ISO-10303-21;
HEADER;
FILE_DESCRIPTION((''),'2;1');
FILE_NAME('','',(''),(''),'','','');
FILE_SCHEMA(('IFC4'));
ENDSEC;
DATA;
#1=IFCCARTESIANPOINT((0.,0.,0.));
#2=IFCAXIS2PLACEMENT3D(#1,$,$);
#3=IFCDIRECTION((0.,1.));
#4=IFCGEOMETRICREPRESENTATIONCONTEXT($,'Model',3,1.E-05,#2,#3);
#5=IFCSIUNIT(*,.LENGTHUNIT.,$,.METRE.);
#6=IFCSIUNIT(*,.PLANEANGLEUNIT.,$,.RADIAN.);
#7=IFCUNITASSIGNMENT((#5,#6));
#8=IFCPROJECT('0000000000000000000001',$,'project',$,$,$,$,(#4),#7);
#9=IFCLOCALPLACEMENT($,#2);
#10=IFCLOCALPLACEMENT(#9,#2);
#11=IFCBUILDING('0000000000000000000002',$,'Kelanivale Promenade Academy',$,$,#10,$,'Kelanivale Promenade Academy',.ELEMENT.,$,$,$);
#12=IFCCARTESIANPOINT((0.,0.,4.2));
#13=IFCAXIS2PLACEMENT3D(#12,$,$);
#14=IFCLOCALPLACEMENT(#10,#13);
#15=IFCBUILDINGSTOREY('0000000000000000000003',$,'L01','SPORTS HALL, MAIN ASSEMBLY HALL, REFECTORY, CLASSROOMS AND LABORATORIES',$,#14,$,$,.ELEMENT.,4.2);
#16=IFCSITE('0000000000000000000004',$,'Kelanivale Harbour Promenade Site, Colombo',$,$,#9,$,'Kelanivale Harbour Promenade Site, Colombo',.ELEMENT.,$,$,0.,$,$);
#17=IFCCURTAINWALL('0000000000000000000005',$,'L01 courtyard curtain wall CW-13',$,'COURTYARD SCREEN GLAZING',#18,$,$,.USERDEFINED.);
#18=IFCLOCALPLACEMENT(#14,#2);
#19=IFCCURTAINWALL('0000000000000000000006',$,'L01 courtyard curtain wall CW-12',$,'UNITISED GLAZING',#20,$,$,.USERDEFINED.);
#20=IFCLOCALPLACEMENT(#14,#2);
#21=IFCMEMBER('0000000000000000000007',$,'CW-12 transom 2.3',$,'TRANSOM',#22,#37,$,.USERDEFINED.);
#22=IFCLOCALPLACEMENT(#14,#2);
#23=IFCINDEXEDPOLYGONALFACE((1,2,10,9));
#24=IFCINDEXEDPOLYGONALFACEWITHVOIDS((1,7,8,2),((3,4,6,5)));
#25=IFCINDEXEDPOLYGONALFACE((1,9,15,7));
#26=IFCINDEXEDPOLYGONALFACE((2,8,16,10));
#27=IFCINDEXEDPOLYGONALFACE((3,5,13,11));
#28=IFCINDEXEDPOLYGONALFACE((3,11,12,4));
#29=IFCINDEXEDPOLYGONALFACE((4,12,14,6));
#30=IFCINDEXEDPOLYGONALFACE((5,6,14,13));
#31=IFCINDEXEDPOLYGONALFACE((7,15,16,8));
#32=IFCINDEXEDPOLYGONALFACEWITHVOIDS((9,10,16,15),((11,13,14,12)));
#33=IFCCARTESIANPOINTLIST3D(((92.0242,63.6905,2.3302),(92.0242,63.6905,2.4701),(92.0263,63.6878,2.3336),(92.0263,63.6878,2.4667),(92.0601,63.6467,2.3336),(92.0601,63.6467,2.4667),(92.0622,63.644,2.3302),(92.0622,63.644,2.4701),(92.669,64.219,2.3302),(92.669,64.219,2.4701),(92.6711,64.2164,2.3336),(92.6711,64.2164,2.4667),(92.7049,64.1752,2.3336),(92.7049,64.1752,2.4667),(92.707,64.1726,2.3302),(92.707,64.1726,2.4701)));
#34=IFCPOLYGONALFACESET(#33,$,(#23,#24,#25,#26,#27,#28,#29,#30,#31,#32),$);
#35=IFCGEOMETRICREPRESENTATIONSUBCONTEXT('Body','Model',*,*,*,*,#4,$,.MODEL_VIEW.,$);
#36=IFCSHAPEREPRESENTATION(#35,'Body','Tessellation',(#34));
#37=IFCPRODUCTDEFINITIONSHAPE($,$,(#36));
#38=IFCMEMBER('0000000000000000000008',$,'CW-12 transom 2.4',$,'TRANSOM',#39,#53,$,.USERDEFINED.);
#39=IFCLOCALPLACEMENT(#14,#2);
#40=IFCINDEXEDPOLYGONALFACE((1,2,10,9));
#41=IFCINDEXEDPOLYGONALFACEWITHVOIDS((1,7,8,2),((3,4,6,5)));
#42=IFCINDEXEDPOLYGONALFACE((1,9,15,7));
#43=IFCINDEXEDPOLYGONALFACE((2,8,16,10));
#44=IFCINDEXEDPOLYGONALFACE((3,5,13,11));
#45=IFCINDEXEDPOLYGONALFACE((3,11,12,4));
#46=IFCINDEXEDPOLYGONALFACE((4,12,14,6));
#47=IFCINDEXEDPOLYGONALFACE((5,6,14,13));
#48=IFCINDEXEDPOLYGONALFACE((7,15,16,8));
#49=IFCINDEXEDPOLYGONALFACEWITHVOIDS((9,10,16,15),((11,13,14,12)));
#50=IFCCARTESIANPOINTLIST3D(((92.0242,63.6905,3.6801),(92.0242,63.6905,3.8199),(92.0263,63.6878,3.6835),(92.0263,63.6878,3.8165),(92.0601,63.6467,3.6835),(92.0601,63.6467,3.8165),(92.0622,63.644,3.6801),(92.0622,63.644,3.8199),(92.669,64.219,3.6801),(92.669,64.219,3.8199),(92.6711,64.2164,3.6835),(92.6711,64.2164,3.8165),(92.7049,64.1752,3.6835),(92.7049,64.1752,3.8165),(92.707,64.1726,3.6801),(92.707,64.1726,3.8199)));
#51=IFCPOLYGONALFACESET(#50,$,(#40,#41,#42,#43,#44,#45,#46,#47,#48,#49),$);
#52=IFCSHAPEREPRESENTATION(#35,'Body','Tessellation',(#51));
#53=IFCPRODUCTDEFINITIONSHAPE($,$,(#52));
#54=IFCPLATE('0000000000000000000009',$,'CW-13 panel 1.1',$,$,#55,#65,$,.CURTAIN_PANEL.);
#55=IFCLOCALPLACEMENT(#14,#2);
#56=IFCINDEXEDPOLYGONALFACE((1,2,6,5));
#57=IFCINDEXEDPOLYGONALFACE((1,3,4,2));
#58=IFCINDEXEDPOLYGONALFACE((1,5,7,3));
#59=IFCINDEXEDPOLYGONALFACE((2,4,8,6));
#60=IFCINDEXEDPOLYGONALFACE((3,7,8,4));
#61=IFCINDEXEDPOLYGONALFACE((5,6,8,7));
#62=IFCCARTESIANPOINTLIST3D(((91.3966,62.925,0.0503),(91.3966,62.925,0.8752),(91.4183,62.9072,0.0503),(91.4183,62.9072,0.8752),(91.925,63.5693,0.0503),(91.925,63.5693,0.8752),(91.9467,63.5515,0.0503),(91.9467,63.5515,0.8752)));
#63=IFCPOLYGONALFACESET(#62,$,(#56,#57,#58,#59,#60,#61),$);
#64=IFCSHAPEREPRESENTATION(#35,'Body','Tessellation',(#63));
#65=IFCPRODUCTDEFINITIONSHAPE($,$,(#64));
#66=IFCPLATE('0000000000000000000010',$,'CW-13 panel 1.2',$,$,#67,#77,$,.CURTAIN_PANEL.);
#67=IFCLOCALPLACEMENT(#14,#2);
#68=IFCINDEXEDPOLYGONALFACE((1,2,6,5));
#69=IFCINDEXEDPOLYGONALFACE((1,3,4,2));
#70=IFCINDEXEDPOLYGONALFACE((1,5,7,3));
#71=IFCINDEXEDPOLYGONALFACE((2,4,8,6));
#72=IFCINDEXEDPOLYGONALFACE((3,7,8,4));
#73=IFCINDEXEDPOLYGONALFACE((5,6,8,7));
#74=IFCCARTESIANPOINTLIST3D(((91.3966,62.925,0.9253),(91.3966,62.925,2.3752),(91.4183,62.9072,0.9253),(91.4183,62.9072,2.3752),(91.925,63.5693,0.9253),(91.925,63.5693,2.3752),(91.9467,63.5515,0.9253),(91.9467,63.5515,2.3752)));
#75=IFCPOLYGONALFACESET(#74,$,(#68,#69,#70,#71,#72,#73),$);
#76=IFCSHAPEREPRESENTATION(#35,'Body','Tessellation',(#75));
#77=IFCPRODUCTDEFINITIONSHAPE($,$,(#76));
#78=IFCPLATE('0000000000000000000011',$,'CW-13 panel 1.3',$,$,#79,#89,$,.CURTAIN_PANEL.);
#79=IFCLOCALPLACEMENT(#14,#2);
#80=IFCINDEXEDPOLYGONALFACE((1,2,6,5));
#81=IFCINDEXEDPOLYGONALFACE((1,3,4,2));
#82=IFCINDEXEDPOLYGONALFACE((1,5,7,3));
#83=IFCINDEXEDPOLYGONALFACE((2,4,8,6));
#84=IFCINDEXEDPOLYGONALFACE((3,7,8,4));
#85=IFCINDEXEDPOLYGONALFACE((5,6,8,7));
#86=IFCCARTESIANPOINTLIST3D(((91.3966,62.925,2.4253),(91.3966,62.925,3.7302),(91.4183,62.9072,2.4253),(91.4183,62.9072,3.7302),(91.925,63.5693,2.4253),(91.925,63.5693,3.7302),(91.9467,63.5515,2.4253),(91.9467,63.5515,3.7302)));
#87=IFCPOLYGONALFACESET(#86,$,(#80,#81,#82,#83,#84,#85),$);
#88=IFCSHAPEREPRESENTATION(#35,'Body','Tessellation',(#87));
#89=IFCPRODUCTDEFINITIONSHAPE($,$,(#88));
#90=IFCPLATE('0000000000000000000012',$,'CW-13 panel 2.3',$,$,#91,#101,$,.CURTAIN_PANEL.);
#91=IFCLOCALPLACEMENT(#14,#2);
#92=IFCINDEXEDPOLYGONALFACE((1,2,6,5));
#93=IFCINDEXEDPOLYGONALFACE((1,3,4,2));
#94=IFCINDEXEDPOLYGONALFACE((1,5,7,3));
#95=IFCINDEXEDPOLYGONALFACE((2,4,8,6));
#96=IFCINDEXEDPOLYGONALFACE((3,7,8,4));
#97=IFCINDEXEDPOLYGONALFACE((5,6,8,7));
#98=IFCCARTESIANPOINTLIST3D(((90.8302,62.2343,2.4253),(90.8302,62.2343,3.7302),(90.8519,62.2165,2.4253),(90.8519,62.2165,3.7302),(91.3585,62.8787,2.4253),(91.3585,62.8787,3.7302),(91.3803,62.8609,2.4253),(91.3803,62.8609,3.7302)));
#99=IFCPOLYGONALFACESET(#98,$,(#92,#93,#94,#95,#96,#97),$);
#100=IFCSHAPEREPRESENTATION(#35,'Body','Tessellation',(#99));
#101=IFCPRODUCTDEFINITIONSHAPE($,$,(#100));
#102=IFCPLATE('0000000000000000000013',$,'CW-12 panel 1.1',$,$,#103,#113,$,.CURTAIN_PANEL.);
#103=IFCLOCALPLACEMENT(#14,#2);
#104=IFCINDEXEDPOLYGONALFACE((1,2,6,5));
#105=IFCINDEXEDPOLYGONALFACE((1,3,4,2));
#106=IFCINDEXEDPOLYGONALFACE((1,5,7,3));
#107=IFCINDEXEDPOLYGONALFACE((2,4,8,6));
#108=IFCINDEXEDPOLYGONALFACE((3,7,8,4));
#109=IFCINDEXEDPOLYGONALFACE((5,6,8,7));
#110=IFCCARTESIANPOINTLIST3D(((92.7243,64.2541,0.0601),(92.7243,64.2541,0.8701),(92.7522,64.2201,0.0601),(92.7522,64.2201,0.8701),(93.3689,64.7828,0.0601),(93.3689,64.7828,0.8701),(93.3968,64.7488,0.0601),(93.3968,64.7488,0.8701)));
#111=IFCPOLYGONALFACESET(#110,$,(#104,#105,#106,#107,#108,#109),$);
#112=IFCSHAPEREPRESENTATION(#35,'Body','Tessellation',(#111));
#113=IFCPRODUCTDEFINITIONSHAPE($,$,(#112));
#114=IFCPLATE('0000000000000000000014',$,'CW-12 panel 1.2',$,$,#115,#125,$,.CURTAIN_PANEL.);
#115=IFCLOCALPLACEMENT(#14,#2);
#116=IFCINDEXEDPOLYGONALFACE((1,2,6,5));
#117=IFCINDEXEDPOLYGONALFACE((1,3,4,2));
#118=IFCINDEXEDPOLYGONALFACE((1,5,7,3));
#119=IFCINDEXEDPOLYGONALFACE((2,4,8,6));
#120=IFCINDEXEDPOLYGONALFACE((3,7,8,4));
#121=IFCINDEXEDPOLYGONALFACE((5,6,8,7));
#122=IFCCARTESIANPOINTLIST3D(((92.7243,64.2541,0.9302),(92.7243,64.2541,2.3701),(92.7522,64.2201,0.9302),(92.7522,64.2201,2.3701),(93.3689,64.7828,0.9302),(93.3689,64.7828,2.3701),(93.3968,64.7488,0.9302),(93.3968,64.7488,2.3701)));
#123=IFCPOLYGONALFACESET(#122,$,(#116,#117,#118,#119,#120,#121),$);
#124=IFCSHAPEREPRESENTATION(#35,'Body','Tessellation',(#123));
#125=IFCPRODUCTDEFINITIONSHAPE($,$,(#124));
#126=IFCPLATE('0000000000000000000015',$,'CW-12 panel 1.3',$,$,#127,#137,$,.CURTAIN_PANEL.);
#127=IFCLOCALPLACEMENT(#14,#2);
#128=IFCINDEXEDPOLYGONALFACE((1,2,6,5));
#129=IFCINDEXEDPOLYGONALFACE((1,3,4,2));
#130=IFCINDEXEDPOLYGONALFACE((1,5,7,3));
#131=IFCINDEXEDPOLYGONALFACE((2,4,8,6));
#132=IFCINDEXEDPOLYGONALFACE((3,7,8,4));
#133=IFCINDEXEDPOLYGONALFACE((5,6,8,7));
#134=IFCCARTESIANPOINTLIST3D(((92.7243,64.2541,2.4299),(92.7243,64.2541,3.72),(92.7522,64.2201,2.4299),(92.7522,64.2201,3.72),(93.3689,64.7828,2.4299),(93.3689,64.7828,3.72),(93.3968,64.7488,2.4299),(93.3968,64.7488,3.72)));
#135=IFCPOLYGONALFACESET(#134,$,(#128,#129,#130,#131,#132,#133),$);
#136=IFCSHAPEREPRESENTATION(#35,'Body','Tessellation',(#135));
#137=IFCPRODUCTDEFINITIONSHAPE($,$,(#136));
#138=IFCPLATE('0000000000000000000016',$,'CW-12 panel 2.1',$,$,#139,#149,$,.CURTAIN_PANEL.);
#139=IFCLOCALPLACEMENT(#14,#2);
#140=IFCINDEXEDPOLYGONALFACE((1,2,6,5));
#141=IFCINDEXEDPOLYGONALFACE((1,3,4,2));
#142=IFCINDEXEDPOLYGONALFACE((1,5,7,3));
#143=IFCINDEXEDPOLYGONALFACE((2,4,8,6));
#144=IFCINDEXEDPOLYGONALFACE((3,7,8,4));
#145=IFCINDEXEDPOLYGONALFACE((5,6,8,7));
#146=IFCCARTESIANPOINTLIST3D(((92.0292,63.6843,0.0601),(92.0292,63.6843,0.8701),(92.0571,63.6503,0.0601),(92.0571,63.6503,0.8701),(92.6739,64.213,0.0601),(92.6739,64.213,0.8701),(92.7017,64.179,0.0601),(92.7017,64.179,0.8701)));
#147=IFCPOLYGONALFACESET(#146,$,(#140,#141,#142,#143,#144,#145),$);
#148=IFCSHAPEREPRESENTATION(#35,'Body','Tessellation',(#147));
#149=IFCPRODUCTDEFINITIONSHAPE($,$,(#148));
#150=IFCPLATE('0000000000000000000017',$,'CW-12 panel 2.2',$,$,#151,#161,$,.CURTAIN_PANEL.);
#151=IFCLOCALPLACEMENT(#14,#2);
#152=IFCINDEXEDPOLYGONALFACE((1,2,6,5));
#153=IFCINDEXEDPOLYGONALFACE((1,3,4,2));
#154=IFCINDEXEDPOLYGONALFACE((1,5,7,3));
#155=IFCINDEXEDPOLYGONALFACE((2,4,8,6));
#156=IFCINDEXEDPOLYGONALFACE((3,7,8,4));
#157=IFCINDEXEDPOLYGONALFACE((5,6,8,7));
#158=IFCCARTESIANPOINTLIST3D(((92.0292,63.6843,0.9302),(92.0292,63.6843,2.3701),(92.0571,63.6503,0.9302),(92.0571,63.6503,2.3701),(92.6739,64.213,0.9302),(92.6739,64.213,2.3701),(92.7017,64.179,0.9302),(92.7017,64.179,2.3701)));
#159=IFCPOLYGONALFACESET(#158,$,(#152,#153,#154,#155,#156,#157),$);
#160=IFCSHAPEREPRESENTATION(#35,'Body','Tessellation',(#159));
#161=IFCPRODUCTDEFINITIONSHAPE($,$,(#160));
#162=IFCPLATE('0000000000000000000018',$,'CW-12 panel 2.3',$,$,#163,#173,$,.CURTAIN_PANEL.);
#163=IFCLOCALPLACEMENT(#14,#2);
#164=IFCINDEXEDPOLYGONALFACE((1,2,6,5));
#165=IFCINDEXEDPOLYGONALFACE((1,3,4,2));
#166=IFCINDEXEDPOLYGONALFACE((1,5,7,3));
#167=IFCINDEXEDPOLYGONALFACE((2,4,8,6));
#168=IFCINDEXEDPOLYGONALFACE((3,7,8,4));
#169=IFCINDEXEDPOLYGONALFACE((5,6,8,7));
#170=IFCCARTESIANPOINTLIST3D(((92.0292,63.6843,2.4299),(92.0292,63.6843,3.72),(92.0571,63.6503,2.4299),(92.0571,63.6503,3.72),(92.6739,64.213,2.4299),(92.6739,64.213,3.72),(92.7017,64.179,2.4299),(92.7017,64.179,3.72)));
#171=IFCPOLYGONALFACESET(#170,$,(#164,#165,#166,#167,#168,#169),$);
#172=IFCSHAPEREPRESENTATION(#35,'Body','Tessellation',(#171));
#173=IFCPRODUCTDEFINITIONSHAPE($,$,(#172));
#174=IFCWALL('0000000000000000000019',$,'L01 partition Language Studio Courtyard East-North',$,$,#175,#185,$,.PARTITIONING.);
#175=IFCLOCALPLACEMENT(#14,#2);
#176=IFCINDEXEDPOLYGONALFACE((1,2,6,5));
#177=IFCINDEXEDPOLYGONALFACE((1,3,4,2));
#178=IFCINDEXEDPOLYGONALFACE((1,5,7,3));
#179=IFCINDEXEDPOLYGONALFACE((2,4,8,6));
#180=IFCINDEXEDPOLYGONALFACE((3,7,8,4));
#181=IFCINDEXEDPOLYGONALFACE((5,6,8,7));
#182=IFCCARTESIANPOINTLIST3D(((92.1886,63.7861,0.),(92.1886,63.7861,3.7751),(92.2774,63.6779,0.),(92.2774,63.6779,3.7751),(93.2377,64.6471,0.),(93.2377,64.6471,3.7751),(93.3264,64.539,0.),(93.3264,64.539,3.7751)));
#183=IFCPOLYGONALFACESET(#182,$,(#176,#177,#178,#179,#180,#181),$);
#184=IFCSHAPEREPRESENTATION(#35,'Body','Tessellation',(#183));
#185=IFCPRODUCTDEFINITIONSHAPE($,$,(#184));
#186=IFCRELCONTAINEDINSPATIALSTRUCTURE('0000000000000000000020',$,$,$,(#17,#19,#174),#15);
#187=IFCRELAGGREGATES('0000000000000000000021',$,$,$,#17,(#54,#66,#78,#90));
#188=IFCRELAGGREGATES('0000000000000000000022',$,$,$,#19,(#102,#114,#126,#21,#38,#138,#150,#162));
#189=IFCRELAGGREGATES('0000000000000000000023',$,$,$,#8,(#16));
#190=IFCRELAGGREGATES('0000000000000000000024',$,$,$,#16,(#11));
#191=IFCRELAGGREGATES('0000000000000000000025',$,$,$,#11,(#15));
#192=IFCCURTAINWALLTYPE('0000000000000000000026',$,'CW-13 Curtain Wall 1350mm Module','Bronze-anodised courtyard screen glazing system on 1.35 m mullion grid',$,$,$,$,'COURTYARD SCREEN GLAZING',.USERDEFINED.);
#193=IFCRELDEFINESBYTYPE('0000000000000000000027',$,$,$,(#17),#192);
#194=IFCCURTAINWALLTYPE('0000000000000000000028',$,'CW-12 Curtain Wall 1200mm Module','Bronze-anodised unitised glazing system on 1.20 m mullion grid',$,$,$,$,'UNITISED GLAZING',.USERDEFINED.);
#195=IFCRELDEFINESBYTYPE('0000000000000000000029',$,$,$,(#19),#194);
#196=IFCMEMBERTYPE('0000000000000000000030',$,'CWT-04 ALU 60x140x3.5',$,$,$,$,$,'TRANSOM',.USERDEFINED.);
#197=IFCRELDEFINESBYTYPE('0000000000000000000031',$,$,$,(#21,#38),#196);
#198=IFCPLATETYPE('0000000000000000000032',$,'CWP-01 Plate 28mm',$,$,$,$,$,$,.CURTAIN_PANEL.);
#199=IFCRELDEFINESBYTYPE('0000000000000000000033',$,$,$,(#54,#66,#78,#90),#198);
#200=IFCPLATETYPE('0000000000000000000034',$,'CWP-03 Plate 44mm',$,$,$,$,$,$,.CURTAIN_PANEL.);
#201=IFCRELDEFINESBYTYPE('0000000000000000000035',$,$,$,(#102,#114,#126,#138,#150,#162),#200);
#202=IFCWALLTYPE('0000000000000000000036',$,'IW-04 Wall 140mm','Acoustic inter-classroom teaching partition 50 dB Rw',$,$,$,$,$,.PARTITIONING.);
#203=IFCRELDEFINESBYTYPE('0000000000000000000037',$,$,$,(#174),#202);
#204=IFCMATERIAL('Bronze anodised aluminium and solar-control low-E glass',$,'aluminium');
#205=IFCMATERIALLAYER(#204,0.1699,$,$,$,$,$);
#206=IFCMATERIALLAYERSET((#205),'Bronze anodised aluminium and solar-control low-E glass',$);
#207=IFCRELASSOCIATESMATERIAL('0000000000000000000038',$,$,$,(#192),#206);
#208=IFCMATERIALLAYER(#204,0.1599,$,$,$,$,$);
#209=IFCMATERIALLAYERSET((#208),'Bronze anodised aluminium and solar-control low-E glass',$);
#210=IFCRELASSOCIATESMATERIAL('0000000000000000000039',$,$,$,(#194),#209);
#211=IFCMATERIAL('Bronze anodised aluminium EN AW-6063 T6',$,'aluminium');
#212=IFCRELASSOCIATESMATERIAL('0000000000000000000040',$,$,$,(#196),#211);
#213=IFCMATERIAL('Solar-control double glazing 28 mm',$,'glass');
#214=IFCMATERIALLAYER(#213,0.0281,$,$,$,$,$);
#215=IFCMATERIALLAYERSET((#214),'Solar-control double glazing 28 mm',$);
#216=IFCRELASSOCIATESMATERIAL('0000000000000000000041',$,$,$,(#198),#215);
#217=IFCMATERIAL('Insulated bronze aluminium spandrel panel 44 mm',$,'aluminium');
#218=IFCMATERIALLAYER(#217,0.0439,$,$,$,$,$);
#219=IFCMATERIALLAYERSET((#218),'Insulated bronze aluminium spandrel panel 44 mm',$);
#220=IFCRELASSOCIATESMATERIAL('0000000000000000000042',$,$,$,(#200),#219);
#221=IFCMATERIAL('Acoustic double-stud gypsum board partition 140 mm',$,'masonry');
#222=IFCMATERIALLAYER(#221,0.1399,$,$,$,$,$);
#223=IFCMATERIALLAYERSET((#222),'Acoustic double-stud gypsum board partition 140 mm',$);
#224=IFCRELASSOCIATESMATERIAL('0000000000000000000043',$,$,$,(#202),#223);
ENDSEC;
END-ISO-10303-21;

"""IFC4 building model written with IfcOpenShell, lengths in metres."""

from ifc_helpers import new_model, si_unit, direction, frame, frame_2d, origin, origin_2d, place, context, subcontext, project, spatial, rectangle, hollow_rectangle, extrude, material, layer, layer_set, material_profile, profile_set, type_object, element, aggregate, save


model = new_model("IFC4")

# Units and contexts
model_context = context("Model", 3, precision=1e-05, world=origin(), true_north=direction((0.0, 1.0)))
body_context = subcontext(model_context, "Body", "Model", "MODEL_VIEW")
ifc_project = project(units=[si_unit("LENGTHUNIT", "METRE"), si_unit("PLANEANGLEUNIT", "RADIAN")], contexts=[model_context])

# Site, building, storey
site_placement = place(None, origin())
site = spatial("IfcSite", under=ifc_project, at=site_placement, Name="Kelanivale Harbour Promenade Site, Colombo", LongName="Kelanivale Harbour Promenade Site, Colombo", CompositionType="ELEMENT", RefElevation=0.0)
building_placement = place(site_placement, origin())
building = spatial("IfcBuilding", under=site, at=building_placement, Name="Kelanivale Promenade Academy", LongName="Kelanivale Promenade Academy", CompositionType="ELEMENT")
storey_placement = place(building_placement, frame((0.0, 0.0, 4.2)))
storey = spatial("IfcBuildingStorey", under=building, at=storey_placement, Name="L01", Description="SPORTS HALL, MAIN ASSEMBLY HALL, REFECTORY, CLASSROOMS AND LABORATORIES", CompositionType="ELEMENT", Elevation=4.2)

# Curtain wall
ifc_material_1 = material(Name="Bronze anodised aluminium and solar-control low-E glass", Category="aluminium")
ifc_layer_1 = layer(ifc_material_1, 0.1699)
ifc_layer_set_1 = layer_set([ifc_layer_1], Name="Bronze anodised aluminium and solar-control low-E glass")
curtain_wall_type_1 = type_object("IfcCurtainWallType", Name="CW-13 Curtain Wall 1350mm Module", Description="Bronze-anodised courtyard screen glazing system on 1.35 m mullion grid", ElementType="COURTYARD SCREEN GLAZING", PredefinedType="USERDEFINED", material=ifc_layer_set_1)
curtain_wall_1_placement = place(storey_placement, origin())
curtain_wall_1 = element("IfcCurtainWall", 1, at=curtain_wall_1_placement, inside=storey, type_object=curtain_wall_type_1, Name="L01 courtyard curtain wall CW-13", ObjectType="COURTYARD SCREEN GLAZING", PredefinedType="USERDEFINED")
ifc_material_2 = material(Name="Bronze anodised aluminium EN AW-6063 T6", Category="aluminium")

# Curtain wall
ifc_layer_2 = layer(ifc_material_1, 0.1599)
ifc_layer_set_2 = layer_set([ifc_layer_2], Name="Bronze anodised aluminium and solar-control low-E glass")
curtain_wall_type_2 = type_object("IfcCurtainWallType", Name="CW-12 Curtain Wall 1200mm Module", Description="Bronze-anodised unitised glazing system on 1.20 m mullion grid", ElementType="UNITISED GLAZING", PredefinedType="USERDEFINED", material=ifc_layer_set_2)
curtain_wall_2_placement = place(storey_placement, origin())
curtain_wall_2 = element("IfcCurtainWall", 2, at=curtain_wall_2_placement, inside=storey, type_object=curtain_wall_type_2, Name="L01 courtyard curtain wall CW-12", ObjectType="UNITISED GLAZING", PredefinedType="USERDEFINED")

# Members
ifc_material_profile_1 = material_profile(ifc_material_2, hollow_rectangle(XDim=0.0601, YDim=0.1399, WallThickness=0.0034, at=origin_2d()), Name="ALU 60x140x3.5")
ifc_profile_set_1 = profile_set([ifc_material_profile_1], Name="Bronze anodised aluminium EN AW-6063 T6")
member_type_1 = type_object("IfcMemberType", Name="CWT-04 ALU 60x140x3.5", ElementType="TRANSOM", PredefinedType="USERDEFINED", material=ifc_profile_set_1)
member_1_placement = place(storey_placement, frame((92.688, 64.1958, 2.4001), z_axis=(-0.773357, -0.633971, 0.0), x_axis=(0.633971, -0.773357, 0.0)))
member_1 = element("IfcMember", 3, at=member_1_placement, type_object=member_type_1, Name="CW-12 transom 2.3", ObjectType="TRANSOM", PredefinedType="USERDEFINED", context=body_context, shape_type="SweptSolid", body=[
    extrude(hollow_rectangle(XDim=0.0601, YDim=0.1399, WallThickness=0.0034, at=origin_2d()), origin(), (0.0, 0.0, 1.0), 0.8337),
])
member_2_placement = place(storey_placement, frame((92.688, 64.1958, 3.75), z_axis=(-0.773357, -0.633971, 0.0), x_axis=(0.633971, -0.773357, 0.0)))
member_2 = element("IfcMember", 4, at=member_2_placement, type_object=member_type_1, Name="CW-12 transom 2.4", ObjectType="TRANSOM", PredefinedType="USERDEFINED", context=body_context, shape_type="SweptSolid", body=[
    extrude(hollow_rectangle(XDim=0.0601, YDim=0.1399, WallThickness=0.0034, at=origin_2d()), origin(), (0.0, 0.0, 1.0), 0.8337),
])

# Plates
ifc_material_3 = material(Name="Solar-control double glazing 28 mm", Category="glass")
ifc_layer_3 = layer(ifc_material_3, 0.0281)
ifc_layer_set_3 = layer_set([ifc_layer_3], Name="Solar-control double glazing 28 mm")
plate_type_1 = type_object("IfcPlateType", Name="CWP-01 Plate 28mm", PredefinedType="CURTAIN_PANEL", material=ifc_layer_set_3)
plate_1_placement = place(storey_placement, frame((91.6716, 63.2383, 0.0503), z_axis=(0.0, 0.0, 1.0), x_axis=(-0.634093, -0.773257, 0.0)))
plate_1 = element("IfcPlate", 5, at=plate_1_placement, type_object=plate_type_1, Name="CW-13 panel 1.1", PredefinedType="CURTAIN_PANEL", context=body_context, shape_type="SweptSolid", body=[
    extrude(rectangle(XDim=0.8333, YDim=0.0281, at=origin_2d()), origin(), (0.0, 0.0, 1.0), 0.825),
])
plate_2_placement = place(storey_placement, frame((91.6716, 63.2383, 0.9253), z_axis=(0.0, 0.0, 1.0), x_axis=(-0.634093, -0.773257, 0.0)))
plate_2 = element("IfcPlate", 6, at=plate_2_placement, type_object=plate_type_1, Name="CW-13 panel 1.2", PredefinedType="CURTAIN_PANEL", context=body_context, shape_type="SweptSolid", body=[
    extrude(rectangle(XDim=0.8333, YDim=0.0281, at=origin_2d()), origin(), (0.0, 0.0, 1.0), 1.45),
])
plate_3_placement = place(storey_placement, frame((91.6716, 63.2383, 2.4253), z_axis=(0.0, 0.0, 1.0), x_axis=(-0.634093, -0.773257, 0.0)))
plate_3 = element("IfcPlate", 7, at=plate_3_placement, type_object=plate_type_1, Name="CW-13 panel 1.3", PredefinedType="CURTAIN_PANEL", context=body_context, shape_type="SweptSolid", body=[
    extrude(rectangle(XDim=0.8333, YDim=0.0281, at=origin_2d()), origin(), (0.0, 0.0, 1.0), 1.3049),
])
plate_4_placement = place(storey_placement, frame((91.1052, 62.5476, 2.4253), z_axis=(0.0, 0.0, 1.0), x_axis=(-0.634093, -0.773257, 0.0)))
plate_4 = element("IfcPlate", 8, at=plate_4_placement, type_object=plate_type_1, Name="CW-13 panel 2.3", PredefinedType="CURTAIN_PANEL", context=body_context, shape_type="SweptSolid", body=[
    extrude(rectangle(XDim=0.8333, YDim=0.0281, at=origin_2d()), origin(), (0.0, 0.0, 1.0), 1.3049),
])
aggregate(curtain_wall_1, [plate_1, plate_2, plate_3, plate_4])
ifc_material_4 = material(Name="Insulated bronze aluminium spandrel panel 44 mm", Category="aluminium")
ifc_layer_4 = layer(ifc_material_4, 0.0439)
ifc_layer_set_4 = layer_set([ifc_layer_4], Name="Insulated bronze aluminium spandrel panel 44 mm")
plate_type_2 = type_object("IfcPlateType", Name="CWP-03 Plate 44mm", PredefinedType="CURTAIN_PANEL", material=ifc_layer_set_4)
plate_5_placement = place(storey_placement, frame((93.0605, 64.5015, 0.0601), z_axis=(0.0, 0.0, 1.0), x_axis=(-0.773215, -0.634144, 0.0)))
plate_5 = element("IfcPlate", 9, at=plate_5_placement, type_object=plate_type_2, Name="CW-12 panel 1.1", PredefinedType="CURTAIN_PANEL", context=body_context, shape_type="SweptSolid", body=[
    extrude(rectangle(XDim=0.8337, YDim=0.0439, at=origin_2d()), origin(), (0.0, 0.0, 1.0), 0.8101),
])
plate_6_placement = place(storey_placement, frame((93.0605, 64.5015, 0.9302), z_axis=(0.0, 0.0, 1.0), x_axis=(-0.773215, -0.634144, 0.0)))
plate_6 = element("IfcPlate", 10, at=plate_6_placement, type_object=plate_type_2, Name="CW-12 panel 1.2", PredefinedType="CURTAIN_PANEL", context=body_context, shape_type="SweptSolid", body=[
    extrude(rectangle(XDim=0.8337, YDim=0.0439, at=origin_2d()), origin(), (0.0, 0.0, 1.0), 1.4399),
])
plate_7_placement = place(storey_placement, frame((93.0605, 64.5015, 2.4299), z_axis=(0.0, 0.0, 1.0), x_axis=(-0.773215, -0.634144, 0.0)))
plate_7 = element("IfcPlate", 11, at=plate_7_placement, type_object=plate_type_2, Name="CW-12 panel 1.3", PredefinedType="CURTAIN_PANEL", context=body_context, shape_type="SweptSolid", body=[
    extrude(rectangle(XDim=0.8337, YDim=0.0439, at=origin_2d()), origin(), (0.0, 0.0, 1.0), 1.29),
])
plate_8_placement = place(storey_placement, frame((92.3655, 63.9316, 0.0601), z_axis=(0.0, 0.0, 1.0), x_axis=(-0.773215, -0.634144, 0.0)))
plate_8 = element("IfcPlate", 12, at=plate_8_placement, type_object=plate_type_2, Name="CW-12 panel 2.1", PredefinedType="CURTAIN_PANEL", context=body_context, shape_type="SweptSolid", body=[
    extrude(rectangle(XDim=0.8337, YDim=0.0439, at=origin_2d()), origin(), (0.0, 0.0, 1.0), 0.8101),
])
plate_9_placement = place(storey_placement, frame((92.3655, 63.9316, 0.9302), z_axis=(0.0, 0.0, 1.0), x_axis=(-0.773215, -0.634144, 0.0)))
plate_9 = element("IfcPlate", 13, at=plate_9_placement, type_object=plate_type_2, Name="CW-12 panel 2.2", PredefinedType="CURTAIN_PANEL", context=body_context, shape_type="SweptSolid", body=[
    extrude(rectangle(XDim=0.8337, YDim=0.0439, at=origin_2d()), origin(), (0.0, 0.0, 1.0), 1.4399),
])
plate_10_placement = place(storey_placement, frame((92.3655, 63.9316, 2.4299), z_axis=(0.0, 0.0, 1.0), x_axis=(-0.773215, -0.634144, 0.0)))
plate_10 = element("IfcPlate", 14, at=plate_10_placement, type_object=plate_type_2, Name="CW-12 panel 2.3", PredefinedType="CURTAIN_PANEL", context=body_context, shape_type="SweptSolid", body=[
    extrude(rectangle(XDim=0.8337, YDim=0.0439, at=origin_2d()), origin(), (0.0, 0.0, 1.0), 1.29),
])
aggregate(curtain_wall_2, [plate_5, plate_6, plate_7, member_1, member_2, plate_8, plate_9, plate_10])

# Wall
ifc_material_5 = material(Name="Acoustic double-stud gypsum board partition 140 mm", Category="masonry")
ifc_layer_5 = layer(ifc_material_5, 0.1399)
ifc_layer_set_5 = layer_set([ifc_layer_5], Name="Acoustic double-stud gypsum board partition 140 mm")
wall_type = type_object("IfcWallType", Name="IW-04 Wall 140mm", Description="Acoustic inter-classroom teaching partition 50 dB Rw", PredefinedType="PARTITIONING", material=ifc_layer_set_5)
wall_1_placement = place(storey_placement, frame((92.2329, 63.7319, 0.0), z_axis=(0.0, 0.0, 1.0), x_axis=(0.772963, 0.634452, 0.0)))
element("IfcWall", 15, at=wall_1_placement, inside=storey, type_object=wall_type, Name="L01 partition Language Studio Courtyard East-North", PredefinedType="PARTITIONING", context=body_context, shape_type="SweptSolid", body=[
    extrude(rectangle(XDim=1.3572, YDim=0.1399, at=frame_2d((0.6787, 0.0))), origin(), (0.0, 0.0, 1.0), 3.7751),
])

save(model, "model.ifc")
